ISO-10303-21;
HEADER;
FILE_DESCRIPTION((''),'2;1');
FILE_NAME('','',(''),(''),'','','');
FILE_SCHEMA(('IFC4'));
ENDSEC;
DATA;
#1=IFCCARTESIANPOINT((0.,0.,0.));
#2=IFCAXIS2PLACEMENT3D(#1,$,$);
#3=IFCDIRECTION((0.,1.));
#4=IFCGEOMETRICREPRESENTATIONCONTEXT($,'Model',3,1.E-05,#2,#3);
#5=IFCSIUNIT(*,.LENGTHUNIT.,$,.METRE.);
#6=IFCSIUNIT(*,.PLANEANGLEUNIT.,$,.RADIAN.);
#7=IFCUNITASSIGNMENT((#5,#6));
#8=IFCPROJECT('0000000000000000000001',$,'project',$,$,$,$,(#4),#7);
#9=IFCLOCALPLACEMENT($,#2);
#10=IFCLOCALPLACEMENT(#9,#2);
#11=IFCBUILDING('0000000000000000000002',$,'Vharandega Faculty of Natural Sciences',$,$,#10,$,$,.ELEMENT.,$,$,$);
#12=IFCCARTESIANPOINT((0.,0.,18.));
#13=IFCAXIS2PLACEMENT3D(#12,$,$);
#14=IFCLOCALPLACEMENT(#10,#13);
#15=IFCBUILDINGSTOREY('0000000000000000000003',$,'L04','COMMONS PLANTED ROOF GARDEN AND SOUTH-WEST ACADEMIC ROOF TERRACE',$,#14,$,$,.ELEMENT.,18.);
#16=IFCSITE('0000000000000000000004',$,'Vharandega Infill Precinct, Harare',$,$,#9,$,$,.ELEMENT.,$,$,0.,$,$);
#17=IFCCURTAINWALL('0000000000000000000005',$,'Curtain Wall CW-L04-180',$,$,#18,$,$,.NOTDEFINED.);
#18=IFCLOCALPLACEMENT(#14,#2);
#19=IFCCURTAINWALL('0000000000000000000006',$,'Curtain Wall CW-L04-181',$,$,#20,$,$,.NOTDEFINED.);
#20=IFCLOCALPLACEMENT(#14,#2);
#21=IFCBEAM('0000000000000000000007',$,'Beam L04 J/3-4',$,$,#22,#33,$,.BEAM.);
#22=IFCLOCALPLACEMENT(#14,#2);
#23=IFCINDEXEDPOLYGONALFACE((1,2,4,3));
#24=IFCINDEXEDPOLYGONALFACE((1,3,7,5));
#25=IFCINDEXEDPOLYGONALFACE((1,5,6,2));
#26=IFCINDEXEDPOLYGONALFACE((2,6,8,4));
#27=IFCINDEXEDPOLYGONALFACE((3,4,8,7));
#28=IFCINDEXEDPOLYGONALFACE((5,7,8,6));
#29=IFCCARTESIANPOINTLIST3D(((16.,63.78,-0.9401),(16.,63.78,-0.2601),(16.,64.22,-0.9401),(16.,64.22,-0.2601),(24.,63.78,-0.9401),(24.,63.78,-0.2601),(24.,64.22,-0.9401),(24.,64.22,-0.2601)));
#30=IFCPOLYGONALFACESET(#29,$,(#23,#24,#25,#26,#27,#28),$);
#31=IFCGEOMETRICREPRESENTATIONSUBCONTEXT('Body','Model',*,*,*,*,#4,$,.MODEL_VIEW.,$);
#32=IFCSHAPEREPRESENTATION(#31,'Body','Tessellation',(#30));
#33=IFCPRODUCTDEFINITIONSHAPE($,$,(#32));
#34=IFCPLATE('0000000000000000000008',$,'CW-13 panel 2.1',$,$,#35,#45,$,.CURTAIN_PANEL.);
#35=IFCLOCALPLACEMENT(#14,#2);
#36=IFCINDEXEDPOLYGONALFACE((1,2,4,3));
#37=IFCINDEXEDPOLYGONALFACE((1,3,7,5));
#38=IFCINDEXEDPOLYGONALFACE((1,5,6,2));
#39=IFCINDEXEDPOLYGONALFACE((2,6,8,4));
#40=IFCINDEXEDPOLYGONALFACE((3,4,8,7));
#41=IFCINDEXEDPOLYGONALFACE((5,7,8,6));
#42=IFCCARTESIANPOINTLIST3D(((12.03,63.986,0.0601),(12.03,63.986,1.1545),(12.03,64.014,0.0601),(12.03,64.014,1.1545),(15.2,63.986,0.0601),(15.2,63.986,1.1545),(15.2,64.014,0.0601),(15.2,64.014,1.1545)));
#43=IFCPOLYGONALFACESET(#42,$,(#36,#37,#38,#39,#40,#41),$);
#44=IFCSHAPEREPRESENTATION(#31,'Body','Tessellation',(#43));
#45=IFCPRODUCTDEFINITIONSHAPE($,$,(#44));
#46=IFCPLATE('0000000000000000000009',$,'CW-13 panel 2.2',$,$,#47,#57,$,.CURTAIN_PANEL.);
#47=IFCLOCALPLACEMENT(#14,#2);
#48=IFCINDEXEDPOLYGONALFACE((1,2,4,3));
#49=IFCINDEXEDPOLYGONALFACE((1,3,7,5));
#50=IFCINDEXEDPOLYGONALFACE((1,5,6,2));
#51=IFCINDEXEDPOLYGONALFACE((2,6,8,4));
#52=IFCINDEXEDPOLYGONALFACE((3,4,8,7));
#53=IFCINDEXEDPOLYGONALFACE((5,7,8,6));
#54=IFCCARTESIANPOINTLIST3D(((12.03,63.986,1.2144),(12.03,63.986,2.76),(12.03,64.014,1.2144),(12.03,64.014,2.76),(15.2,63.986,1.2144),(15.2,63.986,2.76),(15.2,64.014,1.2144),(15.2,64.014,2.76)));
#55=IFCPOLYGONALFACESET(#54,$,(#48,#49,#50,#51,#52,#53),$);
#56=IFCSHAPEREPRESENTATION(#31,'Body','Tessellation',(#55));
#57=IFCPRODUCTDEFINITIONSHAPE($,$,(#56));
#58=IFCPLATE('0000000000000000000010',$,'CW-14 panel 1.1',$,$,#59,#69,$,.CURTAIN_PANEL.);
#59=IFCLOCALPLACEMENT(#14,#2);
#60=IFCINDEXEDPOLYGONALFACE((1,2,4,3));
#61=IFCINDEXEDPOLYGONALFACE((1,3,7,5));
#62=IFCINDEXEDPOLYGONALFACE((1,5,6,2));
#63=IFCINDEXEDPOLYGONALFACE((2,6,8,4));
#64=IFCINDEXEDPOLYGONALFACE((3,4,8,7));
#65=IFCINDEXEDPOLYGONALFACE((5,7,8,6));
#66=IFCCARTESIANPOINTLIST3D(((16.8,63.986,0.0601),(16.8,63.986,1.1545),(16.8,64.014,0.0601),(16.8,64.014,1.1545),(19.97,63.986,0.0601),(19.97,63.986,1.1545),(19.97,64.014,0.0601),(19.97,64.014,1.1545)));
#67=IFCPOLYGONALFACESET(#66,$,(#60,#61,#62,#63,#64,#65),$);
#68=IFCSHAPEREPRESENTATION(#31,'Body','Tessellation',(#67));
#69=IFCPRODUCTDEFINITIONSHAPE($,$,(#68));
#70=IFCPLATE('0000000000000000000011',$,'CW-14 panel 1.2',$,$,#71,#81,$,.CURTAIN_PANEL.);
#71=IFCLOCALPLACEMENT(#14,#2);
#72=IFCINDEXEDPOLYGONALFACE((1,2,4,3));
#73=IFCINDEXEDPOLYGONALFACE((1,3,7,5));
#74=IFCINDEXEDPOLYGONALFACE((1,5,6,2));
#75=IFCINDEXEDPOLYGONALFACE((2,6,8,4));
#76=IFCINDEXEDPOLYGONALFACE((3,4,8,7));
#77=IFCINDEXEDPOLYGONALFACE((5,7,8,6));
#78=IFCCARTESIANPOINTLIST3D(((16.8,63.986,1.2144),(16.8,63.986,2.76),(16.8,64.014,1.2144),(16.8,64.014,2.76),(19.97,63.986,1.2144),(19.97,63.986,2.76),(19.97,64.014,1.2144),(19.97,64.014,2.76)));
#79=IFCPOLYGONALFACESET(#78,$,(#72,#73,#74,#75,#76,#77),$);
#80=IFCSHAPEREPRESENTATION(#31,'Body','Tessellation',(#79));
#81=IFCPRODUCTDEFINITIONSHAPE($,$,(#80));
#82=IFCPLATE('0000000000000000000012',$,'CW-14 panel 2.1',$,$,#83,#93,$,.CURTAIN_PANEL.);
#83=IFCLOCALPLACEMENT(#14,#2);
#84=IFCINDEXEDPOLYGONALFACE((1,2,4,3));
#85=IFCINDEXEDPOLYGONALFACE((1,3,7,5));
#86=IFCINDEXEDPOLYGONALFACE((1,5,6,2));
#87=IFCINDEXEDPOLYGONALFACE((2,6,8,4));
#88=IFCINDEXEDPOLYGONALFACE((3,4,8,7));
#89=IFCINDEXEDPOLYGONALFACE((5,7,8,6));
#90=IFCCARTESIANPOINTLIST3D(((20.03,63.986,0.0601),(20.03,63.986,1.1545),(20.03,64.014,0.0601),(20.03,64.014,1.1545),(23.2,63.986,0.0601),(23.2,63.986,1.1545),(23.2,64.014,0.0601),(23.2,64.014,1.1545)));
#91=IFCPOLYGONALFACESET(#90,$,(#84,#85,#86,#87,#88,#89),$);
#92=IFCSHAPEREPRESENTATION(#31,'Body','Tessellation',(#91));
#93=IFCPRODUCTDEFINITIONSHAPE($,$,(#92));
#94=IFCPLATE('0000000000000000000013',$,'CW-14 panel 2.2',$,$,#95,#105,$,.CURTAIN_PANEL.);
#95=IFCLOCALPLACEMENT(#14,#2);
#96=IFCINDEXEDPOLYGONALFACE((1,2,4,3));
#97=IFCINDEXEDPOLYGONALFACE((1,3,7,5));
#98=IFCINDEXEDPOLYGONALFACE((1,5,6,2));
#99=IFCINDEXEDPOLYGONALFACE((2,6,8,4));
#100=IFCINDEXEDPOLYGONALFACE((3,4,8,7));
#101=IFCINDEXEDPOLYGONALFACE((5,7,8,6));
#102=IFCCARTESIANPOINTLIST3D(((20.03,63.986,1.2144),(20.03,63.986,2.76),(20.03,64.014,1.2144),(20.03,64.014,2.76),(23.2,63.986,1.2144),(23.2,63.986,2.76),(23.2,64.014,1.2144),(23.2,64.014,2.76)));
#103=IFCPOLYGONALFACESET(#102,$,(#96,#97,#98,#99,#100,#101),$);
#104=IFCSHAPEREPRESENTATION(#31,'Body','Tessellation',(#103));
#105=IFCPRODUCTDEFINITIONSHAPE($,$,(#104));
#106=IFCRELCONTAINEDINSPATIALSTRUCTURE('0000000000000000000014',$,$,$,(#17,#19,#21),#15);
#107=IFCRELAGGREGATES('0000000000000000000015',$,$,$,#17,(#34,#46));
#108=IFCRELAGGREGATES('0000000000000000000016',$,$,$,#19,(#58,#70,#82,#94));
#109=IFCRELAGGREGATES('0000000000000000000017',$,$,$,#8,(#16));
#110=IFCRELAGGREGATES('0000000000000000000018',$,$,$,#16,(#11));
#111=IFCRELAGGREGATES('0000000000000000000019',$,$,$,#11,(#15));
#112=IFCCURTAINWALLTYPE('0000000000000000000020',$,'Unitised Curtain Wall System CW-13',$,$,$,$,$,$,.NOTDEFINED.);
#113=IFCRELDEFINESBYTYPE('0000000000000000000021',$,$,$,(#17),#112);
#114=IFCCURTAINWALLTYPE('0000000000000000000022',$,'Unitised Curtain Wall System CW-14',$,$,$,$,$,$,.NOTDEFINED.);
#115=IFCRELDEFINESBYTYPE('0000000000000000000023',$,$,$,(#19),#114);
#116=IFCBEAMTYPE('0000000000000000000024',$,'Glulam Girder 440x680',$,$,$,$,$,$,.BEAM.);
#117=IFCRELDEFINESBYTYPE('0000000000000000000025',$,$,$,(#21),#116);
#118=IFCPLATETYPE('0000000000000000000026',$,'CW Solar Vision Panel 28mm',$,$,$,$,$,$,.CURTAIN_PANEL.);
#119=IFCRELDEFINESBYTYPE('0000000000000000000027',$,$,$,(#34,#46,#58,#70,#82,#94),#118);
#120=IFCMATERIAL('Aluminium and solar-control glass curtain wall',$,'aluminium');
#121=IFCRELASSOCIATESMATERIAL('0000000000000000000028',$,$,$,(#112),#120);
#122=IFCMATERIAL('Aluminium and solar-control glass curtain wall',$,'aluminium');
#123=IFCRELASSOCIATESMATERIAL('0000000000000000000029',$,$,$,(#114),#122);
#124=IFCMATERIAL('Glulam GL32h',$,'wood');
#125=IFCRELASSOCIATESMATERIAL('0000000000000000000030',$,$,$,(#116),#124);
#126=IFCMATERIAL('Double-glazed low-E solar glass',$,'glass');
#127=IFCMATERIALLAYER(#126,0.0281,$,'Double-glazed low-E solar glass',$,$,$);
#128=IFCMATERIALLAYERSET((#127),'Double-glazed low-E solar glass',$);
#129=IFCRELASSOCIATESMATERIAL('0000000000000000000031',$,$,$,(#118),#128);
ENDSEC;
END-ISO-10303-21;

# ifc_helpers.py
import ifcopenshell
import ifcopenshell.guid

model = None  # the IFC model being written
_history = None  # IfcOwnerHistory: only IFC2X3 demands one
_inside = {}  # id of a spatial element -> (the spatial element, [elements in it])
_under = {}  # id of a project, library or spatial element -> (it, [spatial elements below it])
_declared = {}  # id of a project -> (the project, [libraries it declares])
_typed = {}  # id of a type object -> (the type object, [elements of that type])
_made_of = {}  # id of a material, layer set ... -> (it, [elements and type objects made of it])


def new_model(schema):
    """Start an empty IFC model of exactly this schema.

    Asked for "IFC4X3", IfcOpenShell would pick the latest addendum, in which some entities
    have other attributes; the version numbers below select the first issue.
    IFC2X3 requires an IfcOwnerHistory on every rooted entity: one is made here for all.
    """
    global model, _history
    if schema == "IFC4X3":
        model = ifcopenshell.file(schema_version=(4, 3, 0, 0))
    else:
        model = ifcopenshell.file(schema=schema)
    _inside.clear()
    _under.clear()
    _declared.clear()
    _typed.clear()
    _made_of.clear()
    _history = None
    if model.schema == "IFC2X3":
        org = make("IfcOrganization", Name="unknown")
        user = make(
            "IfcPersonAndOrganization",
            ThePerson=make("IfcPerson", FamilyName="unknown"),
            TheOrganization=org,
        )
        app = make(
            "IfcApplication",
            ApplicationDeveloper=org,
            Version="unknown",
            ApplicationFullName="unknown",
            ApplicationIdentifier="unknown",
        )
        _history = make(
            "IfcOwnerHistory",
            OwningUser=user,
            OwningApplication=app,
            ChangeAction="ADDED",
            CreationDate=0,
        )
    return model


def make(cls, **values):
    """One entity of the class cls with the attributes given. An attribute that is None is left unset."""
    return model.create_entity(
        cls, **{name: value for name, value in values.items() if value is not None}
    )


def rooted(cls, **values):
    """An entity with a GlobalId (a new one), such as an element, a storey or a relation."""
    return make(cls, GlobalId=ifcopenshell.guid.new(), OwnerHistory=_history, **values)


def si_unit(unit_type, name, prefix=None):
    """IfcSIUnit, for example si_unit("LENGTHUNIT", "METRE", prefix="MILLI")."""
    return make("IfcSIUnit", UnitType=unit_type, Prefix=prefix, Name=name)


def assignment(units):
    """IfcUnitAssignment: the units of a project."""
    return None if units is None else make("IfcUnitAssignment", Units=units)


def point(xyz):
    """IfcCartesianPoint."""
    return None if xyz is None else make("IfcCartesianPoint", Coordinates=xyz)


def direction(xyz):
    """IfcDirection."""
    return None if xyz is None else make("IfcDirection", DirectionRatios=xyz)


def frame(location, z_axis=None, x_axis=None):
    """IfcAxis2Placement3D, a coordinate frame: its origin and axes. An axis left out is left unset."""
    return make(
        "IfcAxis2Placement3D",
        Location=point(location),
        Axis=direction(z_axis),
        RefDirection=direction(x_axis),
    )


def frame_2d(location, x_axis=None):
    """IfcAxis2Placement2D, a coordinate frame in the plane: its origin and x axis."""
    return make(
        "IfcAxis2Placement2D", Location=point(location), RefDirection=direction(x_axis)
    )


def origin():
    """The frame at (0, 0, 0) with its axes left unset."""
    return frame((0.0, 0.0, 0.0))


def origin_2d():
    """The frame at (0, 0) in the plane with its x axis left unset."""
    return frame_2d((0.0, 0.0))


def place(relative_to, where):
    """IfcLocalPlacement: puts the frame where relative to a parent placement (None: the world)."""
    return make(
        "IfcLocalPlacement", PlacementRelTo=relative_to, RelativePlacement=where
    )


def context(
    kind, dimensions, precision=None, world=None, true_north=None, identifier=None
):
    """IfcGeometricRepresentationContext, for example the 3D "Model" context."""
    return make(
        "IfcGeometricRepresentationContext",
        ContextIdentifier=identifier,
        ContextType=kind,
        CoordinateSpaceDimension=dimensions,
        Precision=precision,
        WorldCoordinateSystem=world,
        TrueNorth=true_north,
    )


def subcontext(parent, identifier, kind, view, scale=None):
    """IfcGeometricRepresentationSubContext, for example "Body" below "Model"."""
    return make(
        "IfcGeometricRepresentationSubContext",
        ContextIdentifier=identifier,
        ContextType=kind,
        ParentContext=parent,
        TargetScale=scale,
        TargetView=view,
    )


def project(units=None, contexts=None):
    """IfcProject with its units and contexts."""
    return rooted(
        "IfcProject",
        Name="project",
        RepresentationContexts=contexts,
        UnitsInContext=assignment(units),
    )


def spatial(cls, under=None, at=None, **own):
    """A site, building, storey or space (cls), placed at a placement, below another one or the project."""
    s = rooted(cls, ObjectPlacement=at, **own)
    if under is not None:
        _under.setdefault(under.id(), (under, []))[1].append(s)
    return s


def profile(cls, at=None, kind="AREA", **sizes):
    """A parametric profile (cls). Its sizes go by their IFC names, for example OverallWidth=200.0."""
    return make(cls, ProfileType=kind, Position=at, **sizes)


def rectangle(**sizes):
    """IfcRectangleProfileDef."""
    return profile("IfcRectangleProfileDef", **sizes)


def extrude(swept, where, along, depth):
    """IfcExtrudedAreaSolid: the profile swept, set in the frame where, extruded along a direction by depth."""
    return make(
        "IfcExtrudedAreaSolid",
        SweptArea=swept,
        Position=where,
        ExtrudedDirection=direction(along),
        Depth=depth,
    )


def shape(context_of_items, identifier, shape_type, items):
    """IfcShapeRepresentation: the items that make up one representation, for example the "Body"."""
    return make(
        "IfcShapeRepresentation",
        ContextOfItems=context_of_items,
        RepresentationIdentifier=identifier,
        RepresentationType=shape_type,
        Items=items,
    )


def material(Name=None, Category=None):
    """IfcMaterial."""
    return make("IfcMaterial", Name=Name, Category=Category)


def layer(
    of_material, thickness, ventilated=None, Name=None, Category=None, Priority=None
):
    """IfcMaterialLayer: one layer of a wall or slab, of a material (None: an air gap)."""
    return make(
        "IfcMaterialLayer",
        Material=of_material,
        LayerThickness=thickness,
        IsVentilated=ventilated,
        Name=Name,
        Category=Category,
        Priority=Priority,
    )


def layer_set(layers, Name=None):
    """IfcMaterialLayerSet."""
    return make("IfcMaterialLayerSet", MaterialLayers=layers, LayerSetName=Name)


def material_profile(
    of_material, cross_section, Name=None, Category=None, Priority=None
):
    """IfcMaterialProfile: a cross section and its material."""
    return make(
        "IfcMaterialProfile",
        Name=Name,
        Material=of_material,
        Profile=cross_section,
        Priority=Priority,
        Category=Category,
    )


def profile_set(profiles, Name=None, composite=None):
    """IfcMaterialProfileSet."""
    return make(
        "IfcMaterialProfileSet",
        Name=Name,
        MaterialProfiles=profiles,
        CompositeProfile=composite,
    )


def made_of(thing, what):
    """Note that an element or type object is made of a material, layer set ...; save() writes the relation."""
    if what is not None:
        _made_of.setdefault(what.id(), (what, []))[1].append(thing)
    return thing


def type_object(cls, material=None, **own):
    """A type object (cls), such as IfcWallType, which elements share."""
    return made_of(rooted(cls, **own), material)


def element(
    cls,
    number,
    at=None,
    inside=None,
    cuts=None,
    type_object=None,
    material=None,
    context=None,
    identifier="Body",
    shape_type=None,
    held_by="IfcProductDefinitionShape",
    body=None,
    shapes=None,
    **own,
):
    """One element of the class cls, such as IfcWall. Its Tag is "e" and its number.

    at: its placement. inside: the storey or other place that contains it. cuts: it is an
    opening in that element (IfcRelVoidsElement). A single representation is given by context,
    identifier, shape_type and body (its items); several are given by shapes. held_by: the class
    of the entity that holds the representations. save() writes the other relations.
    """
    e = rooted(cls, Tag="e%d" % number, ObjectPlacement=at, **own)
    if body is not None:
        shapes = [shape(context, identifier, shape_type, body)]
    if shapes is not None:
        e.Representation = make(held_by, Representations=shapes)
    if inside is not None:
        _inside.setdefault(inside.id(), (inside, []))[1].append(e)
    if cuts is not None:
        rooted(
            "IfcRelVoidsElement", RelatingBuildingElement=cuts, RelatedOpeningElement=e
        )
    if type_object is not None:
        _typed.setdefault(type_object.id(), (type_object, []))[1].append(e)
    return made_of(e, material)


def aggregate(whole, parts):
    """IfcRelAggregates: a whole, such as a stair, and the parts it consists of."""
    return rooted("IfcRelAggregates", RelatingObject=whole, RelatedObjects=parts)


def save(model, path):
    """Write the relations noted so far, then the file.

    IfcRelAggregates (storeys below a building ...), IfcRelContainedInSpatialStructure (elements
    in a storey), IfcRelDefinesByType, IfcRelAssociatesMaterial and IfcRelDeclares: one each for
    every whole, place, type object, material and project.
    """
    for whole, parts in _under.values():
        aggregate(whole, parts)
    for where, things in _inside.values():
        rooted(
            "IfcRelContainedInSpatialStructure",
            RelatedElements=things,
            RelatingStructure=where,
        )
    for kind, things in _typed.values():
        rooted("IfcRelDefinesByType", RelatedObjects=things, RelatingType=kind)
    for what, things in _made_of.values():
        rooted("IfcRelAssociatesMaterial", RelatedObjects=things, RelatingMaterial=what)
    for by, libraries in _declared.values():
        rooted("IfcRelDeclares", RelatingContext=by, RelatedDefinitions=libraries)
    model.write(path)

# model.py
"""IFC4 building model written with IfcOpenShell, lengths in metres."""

from ifc_helpers import new_model, si_unit, direction, frame, origin, origin_2d, place, context, subcontext, project, spatial, rectangle, extrude, material, layer, layer_set, material_profile, profile_set, type_object, element, aggregate, save


model = new_model("IFC4")

# Units and contexts
model_context = context("Model", 3, precision=1e-05, world=origin(), true_north=direction((0.0, 1.0)))
body_context = subcontext(model_context, "Body", "Model", "MODEL_VIEW")
ifc_project = project(units=[si_unit("LENGTHUNIT", "METRE"), si_unit("PLANEANGLEUNIT", "RADIAN")], contexts=[model_context])

# Site, building, storey
site_placement = place(None, origin())
site = spatial("IfcSite", under=ifc_project, at=site_placement, Name="Vharandega Infill Precinct, Harare", CompositionType="ELEMENT", RefElevation=0.0)
building_placement = place(site_placement, origin())
building = spatial("IfcBuilding", under=site, at=building_placement, Name="Vharandega Faculty of Natural Sciences", CompositionType="ELEMENT")
storey_placement = place(building_placement, frame((0.0, 0.0, 18.0)))
storey = spatial("IfcBuildingStorey", under=building, at=storey_placement, Name="L04", Description="COMMONS PLANTED ROOF GARDEN AND SOUTH-WEST ACADEMIC ROOF TERRACE", CompositionType="ELEMENT", Elevation=18.0)

# Curtain wall
ifc_material_1 = material(Name="Aluminium and solar-control glass curtain wall", Category="aluminium")
curtain_wall_type_1 = type_object("IfcCurtainWallType", Name="Unitised Curtain Wall System CW-13", PredefinedType="NOTDEFINED", material=ifc_material_1)
curtain_wall_1_placement = place(storey_placement, origin())
curtain_wall_1 = element("IfcCurtainWall", 1, at=curtain_wall_1_placement, inside=storey, type_object=curtain_wall_type_1, Name="Curtain Wall CW-L04-180", PredefinedType="NOTDEFINED")

# Curtain wall
ifc_material_2 = material(Name="Aluminium and solar-control glass curtain wall", Category="aluminium")
curtain_wall_type_2 = type_object("IfcCurtainWallType", Name="Unitised Curtain Wall System CW-14", PredefinedType="NOTDEFINED", material=ifc_material_2)
curtain_wall_2_placement = place(storey_placement, origin())
curtain_wall_2 = element("IfcCurtainWall", 2, at=curtain_wall_2_placement, inside=storey, type_object=curtain_wall_type_2, Name="Curtain Wall CW-L04-181", PredefinedType="NOTDEFINED")

# Beam
ifc_material_3 = material(Name="Glulam GL32h", Category="wood")
ifc_material_profile_1 = material_profile(ifc_material_3, rectangle(XDim=0.4399, YDim=0.6799, at=origin_2d()), Name="GL32h 440x680")
ifc_profile_set_1 = profile_set([ifc_material_profile_1], Name="Glulam GL32h")
beam_type_1 = type_object("IfcBeamType", Name="Glulam Girder 440x680", PredefinedType="BEAM", material=ifc_profile_set_1)
beam_1_placement = place(storey_placement, frame((16.0, 64.0, -0.6001), z_axis=(1.0, 0.0, 0.0), x_axis=(0.0, 1.0, 0.0)))
element("IfcBeam", 3, at=beam_1_placement, inside=storey, type_object=beam_type_1, Name="Beam L04 J/3-4", PredefinedType="BEAM", context=body_context, shape_type="SweptSolid", body=[
    extrude(rectangle(XDim=0.4399, YDim=0.6799, at=origin_2d()), origin(), (0.0, 0.0, 1.0), 8.0),
])

# Plates
ifc_material_4 = material(Name="Double-glazed low-E solar glass", Category="glass")
ifc_layer = layer(ifc_material_4, 0.0281, Name="Double-glazed low-E solar glass")
ifc_layer_set = layer_set([ifc_layer], Name="Double-glazed low-E solar glass")
plate_type = type_object("IfcPlateType", Name="CW Solar Vision Panel 28mm", PredefinedType="CURTAIN_PANEL", material=ifc_layer_set)
plate_1_placement = place(storey_placement, frame((13.615, 64.0, 0.0601), z_axis=(0.0, 0.0, 1.0), x_axis=(1.0, 0.0, 0.0)))
plate_1 = element("IfcPlate", 4, at=plate_1_placement, type_object=plate_type, Name="CW-13 panel 2.1", PredefinedType="CURTAIN_PANEL", context=body_context, shape_type="SweptSolid", body=[
    extrude(rectangle(XDim=3.1699, YDim=0.0281, at=origin_2d()), origin(), (0.0, 0.0, 1.0), 1.0945),
])
plate_2_placement = place(storey_placement, frame((13.615, 64.0, 1.2144), z_axis=(0.0, 0.0, 1.0), x_axis=(1.0, 0.0, 0.0)))
plate_2 = element("IfcPlate", 5, at=plate_2_placement, type_object=plate_type, Name="CW-13 panel 2.2", PredefinedType="CURTAIN_PANEL", context=body_context, shape_type="SweptSolid", body=[
    extrude(rectangle(XDim=3.1699, YDim=0.0281, at=origin_2d()), origin(), (0.0, 0.0, 1.0), 1.5457),
])
aggregate(curtain_wall_1, [plate_1, plate_2])
plate_3_placement = place(storey_placement, frame((18.385, 64.0, 0.0601), z_axis=(0.0, 0.0, 1.0), x_axis=(1.0, 0.0, 0.0)))
plate_3 = element("IfcPlate", 6, at=plate_3_placement, type_object=plate_type, Name="CW-14 panel 1.1", PredefinedType="CURTAIN_PANEL", context=body_context, shape_type="SweptSolid", body=[
    extrude(rectangle(XDim=3.1699, YDim=0.0281, at=origin_2d()), origin(), (0.0, 0.0, 1.0), 1.0945),
])
plate_4_placement = place(storey_placement, frame((18.385, 64.0, 1.2144), z_axis=(0.0, 0.0, 1.0), x_axis=(1.0, 0.0, 0.0)))
plate_4 = element("IfcPlate", 7, at=plate_4_placement, type_object=plate_type, Name="CW-14 panel 1.2", PredefinedType="CURTAIN_PANEL", context=body_context, shape_type="SweptSolid", body=[
    extrude(rectangle(XDim=3.1699, YDim=0.0281, at=origin_2d()), origin(), (0.0, 0.0, 1.0), 1.5457),
])
plate_5_placement = place(storey_placement, frame((21.615, 64.0, 0.0601), z_axis=(0.0, 0.0, 1.0), x_axis=(1.0, 0.0, 0.0)))
plate_5 = element("IfcPlate", 8, at=plate_5_placement, type_object=plate_type, Name="CW-14 panel 2.1", PredefinedType="CURTAIN_PANEL", context=body_context, shape_type="SweptSolid", body=[
    extrude(rectangle(XDim=3.1699, YDim=0.0281, at=origin_2d()), origin(), (0.0, 0.0, 1.0), 1.0945),
])
plate_6_placement = place(storey_placement, frame((21.615, 64.0, 1.2144), z_axis=(0.0, 0.0, 1.0), x_axis=(1.0, 0.0, 0.0)))
plate_6 = element("IfcPlate", 9, at=plate_6_placement, type_object=plate_type, Name="CW-14 panel 2.2", PredefinedType="CURTAIN_PANEL", context=body_context, shape_type="SweptSolid", body=[
    extrude(rectangle(XDim=3.1699, YDim=0.0281, at=origin_2d()), origin(), (0.0, 0.0, 1.0), 1.5457),
])
aggregate(curtain_wall_2, [plate_3, plate_4, plate_5, plate_6])

save(model, "model.ifc")
